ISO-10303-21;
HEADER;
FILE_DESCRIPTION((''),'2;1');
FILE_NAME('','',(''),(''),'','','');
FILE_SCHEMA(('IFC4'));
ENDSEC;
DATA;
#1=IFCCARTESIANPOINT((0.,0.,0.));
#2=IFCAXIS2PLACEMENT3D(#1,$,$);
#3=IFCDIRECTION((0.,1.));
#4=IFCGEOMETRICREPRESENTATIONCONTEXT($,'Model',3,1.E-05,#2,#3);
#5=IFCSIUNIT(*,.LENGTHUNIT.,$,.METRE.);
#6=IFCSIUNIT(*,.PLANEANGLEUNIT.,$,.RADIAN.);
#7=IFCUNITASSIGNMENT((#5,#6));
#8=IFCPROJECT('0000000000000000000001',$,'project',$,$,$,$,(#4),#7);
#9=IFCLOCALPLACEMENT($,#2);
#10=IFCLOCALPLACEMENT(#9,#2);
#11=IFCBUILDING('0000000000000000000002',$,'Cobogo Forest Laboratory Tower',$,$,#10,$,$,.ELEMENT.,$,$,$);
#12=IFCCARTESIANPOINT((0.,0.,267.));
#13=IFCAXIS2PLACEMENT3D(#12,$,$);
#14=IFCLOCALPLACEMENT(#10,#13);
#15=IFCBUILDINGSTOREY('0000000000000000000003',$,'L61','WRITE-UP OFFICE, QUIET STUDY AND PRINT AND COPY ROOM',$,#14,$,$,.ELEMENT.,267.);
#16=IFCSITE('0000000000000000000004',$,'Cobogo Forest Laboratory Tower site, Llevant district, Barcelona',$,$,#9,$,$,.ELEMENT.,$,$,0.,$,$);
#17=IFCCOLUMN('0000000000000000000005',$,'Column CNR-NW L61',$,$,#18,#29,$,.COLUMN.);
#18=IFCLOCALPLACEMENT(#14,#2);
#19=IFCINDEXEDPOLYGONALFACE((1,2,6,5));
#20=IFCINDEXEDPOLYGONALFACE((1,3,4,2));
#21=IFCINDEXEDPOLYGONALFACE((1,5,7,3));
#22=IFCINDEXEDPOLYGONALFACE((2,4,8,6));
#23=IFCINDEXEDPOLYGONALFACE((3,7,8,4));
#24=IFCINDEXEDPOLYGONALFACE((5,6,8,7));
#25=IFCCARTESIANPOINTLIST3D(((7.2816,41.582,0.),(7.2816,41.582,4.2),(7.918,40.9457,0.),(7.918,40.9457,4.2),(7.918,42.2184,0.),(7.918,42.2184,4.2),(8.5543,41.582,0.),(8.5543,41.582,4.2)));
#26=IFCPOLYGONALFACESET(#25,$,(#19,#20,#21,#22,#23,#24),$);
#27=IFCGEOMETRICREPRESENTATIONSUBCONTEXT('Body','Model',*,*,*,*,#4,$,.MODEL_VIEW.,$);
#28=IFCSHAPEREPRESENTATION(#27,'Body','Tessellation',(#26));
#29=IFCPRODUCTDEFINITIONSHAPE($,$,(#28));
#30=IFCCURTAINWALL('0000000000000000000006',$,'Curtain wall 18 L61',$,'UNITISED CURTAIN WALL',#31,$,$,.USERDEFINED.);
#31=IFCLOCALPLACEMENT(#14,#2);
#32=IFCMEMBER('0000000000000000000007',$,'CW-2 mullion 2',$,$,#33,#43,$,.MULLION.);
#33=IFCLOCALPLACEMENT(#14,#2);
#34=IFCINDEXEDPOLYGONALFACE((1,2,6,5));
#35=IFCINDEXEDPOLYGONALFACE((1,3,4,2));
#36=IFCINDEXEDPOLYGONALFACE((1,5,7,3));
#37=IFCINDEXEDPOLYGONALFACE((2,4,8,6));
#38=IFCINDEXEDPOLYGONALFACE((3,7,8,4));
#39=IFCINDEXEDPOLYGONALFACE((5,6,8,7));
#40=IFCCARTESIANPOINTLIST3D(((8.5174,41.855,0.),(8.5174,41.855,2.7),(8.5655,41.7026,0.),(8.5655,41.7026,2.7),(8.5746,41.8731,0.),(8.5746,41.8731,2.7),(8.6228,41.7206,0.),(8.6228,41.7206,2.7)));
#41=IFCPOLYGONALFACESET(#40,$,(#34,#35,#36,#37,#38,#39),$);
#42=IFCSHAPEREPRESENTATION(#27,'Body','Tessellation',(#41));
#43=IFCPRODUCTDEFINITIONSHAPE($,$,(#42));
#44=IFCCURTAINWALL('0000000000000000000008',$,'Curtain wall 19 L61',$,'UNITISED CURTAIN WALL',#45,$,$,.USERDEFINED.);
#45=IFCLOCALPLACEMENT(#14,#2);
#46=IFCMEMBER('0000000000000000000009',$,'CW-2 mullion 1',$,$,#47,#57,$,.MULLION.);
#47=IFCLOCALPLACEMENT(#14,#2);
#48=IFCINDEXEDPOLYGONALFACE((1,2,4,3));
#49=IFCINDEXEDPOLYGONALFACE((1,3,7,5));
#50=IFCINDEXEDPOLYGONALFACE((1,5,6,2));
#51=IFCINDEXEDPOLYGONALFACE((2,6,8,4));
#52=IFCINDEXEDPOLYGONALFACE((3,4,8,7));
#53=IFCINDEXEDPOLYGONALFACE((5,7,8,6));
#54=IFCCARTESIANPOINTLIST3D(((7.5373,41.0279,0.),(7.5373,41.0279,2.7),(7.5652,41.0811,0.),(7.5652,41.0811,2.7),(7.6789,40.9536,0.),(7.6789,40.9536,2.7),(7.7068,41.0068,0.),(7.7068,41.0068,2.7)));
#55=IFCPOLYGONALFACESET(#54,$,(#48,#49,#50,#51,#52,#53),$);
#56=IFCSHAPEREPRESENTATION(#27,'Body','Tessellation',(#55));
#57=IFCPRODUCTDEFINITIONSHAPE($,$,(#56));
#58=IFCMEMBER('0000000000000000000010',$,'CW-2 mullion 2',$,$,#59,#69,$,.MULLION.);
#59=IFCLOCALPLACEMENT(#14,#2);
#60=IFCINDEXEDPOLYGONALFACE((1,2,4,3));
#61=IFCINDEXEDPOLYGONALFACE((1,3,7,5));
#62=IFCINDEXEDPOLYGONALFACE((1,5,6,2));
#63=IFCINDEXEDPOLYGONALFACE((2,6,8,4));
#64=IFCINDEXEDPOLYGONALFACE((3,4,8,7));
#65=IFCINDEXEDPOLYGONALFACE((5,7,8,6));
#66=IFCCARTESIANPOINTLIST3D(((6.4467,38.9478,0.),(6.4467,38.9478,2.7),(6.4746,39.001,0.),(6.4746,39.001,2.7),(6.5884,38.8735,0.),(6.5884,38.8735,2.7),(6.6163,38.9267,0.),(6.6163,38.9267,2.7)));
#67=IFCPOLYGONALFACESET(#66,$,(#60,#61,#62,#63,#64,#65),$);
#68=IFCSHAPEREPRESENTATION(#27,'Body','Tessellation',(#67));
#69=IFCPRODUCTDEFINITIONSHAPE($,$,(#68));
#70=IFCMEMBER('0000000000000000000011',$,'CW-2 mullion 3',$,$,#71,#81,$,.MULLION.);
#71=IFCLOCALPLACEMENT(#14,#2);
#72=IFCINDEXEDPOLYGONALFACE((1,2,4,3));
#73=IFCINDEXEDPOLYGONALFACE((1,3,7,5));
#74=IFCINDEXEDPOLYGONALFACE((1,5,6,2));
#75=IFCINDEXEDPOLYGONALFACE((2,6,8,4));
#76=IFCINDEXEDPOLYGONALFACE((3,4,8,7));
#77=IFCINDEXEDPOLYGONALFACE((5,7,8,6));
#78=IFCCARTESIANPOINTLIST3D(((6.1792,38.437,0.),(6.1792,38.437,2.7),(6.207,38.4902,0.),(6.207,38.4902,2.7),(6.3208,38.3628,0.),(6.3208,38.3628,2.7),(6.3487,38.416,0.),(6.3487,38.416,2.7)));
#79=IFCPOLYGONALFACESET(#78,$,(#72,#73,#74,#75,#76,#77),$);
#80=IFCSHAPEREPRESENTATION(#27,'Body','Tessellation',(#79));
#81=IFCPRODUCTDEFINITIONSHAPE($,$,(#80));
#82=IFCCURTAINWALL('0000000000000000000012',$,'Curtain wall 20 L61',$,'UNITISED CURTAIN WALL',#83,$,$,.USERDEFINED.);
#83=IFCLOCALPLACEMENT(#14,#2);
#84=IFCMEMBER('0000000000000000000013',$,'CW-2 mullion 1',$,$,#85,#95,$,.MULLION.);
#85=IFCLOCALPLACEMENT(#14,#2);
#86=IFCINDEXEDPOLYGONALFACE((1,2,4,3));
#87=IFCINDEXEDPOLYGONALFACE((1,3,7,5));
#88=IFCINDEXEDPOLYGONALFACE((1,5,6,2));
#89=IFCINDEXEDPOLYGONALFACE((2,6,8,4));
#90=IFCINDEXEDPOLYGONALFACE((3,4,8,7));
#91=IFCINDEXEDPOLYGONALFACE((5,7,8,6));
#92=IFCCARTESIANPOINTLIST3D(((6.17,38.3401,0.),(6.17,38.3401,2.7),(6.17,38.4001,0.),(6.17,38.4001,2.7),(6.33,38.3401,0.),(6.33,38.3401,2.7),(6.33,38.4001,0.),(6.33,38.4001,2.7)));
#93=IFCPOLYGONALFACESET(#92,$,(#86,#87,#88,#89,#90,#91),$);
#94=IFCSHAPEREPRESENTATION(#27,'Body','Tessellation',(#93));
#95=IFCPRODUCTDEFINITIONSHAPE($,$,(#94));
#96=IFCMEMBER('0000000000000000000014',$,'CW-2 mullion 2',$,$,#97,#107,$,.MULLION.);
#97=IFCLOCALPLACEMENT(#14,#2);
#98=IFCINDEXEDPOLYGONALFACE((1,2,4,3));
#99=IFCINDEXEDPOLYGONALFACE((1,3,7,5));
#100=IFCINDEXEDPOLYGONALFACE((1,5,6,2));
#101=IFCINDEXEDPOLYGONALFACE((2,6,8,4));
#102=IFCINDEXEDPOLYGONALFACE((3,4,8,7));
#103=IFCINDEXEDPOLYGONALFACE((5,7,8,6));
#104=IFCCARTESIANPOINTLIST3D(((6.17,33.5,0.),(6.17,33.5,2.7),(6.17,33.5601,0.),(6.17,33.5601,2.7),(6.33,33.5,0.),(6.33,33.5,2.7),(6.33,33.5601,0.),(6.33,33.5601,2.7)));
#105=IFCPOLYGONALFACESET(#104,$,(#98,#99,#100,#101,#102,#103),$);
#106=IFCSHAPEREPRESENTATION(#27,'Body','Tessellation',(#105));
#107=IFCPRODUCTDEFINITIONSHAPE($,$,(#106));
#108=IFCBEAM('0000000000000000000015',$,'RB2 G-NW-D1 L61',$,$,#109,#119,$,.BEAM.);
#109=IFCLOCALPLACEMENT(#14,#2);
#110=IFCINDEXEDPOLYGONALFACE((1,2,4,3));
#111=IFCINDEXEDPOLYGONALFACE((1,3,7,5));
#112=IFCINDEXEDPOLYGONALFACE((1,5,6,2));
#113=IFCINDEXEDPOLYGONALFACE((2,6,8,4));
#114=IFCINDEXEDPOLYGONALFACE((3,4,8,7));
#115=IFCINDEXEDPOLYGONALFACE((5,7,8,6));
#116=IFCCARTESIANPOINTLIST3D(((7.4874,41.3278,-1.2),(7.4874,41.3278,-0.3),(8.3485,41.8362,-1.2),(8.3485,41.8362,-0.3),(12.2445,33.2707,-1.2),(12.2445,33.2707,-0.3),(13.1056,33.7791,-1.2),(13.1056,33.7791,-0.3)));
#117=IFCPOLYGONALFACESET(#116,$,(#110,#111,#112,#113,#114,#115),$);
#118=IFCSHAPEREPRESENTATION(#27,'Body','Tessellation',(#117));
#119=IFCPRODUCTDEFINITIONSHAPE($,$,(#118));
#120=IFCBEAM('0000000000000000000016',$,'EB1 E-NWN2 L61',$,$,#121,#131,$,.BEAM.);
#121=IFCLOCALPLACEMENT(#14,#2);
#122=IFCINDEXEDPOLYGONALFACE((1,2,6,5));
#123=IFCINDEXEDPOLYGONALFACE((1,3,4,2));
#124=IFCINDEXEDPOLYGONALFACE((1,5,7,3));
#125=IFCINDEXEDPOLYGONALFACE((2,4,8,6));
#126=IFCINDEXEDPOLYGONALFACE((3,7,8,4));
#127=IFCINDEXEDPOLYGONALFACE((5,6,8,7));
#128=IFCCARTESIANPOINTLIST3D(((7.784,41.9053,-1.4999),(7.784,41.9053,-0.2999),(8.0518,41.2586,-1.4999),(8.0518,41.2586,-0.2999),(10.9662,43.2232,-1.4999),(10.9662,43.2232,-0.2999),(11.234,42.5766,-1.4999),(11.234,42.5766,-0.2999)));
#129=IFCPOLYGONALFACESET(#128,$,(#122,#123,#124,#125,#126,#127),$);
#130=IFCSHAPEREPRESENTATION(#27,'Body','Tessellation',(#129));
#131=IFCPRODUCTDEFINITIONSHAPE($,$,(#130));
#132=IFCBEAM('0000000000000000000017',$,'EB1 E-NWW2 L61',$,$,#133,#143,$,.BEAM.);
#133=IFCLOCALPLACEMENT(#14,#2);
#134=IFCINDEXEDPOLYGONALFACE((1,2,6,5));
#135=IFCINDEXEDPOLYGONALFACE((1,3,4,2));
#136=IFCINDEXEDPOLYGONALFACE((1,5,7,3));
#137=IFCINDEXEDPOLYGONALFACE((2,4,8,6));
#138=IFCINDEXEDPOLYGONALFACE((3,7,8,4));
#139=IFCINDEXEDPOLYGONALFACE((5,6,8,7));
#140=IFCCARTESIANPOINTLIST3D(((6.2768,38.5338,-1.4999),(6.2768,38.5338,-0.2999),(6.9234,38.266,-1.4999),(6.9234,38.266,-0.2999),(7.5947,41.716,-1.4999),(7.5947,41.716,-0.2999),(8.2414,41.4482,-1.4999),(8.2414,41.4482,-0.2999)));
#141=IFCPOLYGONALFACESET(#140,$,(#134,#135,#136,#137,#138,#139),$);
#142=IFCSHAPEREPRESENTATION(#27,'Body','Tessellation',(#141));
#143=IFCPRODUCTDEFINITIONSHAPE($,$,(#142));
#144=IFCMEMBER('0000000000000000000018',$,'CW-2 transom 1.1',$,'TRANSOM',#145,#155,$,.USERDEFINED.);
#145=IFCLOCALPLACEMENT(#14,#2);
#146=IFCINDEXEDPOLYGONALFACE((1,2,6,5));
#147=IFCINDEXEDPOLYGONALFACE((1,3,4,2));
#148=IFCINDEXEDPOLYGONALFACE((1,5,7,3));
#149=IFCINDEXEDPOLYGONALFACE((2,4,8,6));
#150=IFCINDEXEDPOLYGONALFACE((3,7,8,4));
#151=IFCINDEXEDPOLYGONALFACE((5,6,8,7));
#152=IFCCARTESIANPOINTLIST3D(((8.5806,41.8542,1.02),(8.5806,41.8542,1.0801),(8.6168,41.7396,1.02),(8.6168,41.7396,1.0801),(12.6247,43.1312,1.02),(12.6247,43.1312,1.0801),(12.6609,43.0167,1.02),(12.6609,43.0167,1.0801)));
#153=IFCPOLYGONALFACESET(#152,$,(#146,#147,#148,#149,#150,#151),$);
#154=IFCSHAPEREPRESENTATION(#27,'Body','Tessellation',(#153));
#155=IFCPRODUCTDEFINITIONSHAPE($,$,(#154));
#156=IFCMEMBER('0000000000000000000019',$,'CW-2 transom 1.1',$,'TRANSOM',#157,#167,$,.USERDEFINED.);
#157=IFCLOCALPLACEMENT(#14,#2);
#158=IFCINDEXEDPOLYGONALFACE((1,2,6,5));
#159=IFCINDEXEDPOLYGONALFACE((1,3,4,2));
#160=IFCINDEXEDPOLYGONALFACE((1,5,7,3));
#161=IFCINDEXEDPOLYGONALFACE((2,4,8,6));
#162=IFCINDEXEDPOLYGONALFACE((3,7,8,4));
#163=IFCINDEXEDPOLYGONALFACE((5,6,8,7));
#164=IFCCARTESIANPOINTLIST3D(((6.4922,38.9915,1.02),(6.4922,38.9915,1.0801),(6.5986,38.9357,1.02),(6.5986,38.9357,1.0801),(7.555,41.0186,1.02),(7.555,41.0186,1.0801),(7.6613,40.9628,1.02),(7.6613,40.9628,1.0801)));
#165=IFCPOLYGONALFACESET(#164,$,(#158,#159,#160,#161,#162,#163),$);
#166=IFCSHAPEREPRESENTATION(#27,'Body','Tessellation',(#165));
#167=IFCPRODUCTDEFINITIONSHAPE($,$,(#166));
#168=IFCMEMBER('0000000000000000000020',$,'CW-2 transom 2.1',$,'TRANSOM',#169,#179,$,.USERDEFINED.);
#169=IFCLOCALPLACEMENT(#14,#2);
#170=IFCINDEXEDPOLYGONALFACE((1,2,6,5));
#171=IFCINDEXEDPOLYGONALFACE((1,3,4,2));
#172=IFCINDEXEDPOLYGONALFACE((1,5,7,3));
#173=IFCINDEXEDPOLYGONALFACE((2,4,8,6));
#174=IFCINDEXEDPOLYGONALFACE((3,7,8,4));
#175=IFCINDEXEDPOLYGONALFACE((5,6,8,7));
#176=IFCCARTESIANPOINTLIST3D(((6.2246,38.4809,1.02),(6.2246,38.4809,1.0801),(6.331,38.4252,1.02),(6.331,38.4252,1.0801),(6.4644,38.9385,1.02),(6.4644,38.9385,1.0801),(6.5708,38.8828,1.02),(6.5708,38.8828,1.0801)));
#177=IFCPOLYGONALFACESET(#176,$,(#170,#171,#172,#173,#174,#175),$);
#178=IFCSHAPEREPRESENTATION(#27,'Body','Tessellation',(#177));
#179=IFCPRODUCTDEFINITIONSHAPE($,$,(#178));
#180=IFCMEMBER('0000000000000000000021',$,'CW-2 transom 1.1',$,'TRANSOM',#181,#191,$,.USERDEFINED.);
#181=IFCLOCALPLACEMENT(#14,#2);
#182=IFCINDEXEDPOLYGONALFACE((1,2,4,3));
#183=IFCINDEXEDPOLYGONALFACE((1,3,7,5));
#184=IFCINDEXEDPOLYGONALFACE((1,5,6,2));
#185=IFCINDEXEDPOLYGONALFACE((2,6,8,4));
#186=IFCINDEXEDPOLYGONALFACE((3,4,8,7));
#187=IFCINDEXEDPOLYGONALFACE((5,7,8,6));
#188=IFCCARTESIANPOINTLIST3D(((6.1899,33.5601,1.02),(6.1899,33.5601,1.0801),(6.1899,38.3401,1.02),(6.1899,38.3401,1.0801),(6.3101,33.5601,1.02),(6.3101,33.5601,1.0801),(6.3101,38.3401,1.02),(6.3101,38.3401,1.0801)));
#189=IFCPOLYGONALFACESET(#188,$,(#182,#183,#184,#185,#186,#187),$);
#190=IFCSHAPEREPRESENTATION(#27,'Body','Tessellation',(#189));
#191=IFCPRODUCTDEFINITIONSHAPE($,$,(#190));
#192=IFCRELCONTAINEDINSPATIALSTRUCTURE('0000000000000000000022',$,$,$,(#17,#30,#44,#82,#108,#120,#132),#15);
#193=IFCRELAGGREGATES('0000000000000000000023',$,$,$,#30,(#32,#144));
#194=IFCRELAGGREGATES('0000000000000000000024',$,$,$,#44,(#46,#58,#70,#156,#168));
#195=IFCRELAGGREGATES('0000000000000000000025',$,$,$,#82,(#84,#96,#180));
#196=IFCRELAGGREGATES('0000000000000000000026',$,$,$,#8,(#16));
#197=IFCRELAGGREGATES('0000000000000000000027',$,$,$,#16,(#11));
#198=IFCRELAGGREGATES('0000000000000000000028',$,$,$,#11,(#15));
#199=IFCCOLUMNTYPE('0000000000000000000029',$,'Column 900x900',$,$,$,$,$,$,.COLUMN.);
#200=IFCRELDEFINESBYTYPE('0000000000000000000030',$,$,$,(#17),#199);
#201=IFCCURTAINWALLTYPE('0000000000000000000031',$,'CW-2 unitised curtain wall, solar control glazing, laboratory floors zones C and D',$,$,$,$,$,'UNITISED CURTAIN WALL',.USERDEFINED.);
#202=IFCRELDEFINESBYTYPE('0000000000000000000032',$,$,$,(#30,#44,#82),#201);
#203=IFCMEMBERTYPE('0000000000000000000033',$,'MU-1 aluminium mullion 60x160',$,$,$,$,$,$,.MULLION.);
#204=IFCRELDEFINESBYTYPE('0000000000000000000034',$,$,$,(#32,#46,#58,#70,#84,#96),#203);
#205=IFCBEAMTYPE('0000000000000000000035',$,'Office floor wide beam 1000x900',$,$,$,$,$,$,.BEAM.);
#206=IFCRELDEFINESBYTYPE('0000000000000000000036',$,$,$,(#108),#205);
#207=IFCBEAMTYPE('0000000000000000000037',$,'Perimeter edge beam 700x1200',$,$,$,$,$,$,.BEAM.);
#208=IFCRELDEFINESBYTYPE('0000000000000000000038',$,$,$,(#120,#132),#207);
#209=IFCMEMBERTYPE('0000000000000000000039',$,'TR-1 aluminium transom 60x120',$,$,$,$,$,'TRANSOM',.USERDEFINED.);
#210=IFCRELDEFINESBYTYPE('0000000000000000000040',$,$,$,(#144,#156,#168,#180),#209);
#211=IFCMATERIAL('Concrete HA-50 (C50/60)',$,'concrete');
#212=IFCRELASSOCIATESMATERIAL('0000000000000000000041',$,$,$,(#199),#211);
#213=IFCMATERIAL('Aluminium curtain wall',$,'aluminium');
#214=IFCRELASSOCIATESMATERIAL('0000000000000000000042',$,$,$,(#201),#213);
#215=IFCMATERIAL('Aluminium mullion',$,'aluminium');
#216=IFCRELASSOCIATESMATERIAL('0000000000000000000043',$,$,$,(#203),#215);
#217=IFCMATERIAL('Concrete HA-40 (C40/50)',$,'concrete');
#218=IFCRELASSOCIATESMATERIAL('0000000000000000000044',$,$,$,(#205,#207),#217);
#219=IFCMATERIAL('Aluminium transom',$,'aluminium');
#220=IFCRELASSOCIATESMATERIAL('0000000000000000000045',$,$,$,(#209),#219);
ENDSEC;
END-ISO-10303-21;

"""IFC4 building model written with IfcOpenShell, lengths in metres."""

from ifc_helpers import new_model, si_unit, direction, frame, origin, origin_2d, place, context, subcontext, project, spatial, rectangle, extrude, material, material_profile, profile_set, type_object, element, aggregate, save


model = new_model("IFC4")

# Units and contexts
model_context = context("Model", 3, precision=1e-05, world=origin(), true_north=direction((0.0, 1.0)))
body_context = subcontext(model_context, "Body", "Model", "MODEL_VIEW")
ifc_project = project(units=[si_unit("LENGTHUNIT", "METRE"), si_unit("PLANEANGLEUNIT", "RADIAN")], contexts=[model_context])

# Site, building, storey
site_placement = place(None, origin())
site = spatial("IfcSite", under=ifc_project, at=site_placement, Name="Cobogo Forest Laboratory Tower site, Llevant district, Barcelona", CompositionType="ELEMENT", RefElevation=0.0)
building_placement = place(site_placement, origin())
building = spatial("IfcBuilding", under=site, at=building_placement, Name="Cobogo Forest Laboratory Tower", CompositionType="ELEMENT")
storey_placement = place(building_placement, frame((0.0, 0.0, 267.0)))
storey = spatial("IfcBuildingStorey", under=building, at=storey_placement, Name="L61", Description="WRITE-UP OFFICE, QUIET STUDY AND PRINT AND COPY ROOM", CompositionType="ELEMENT", Elevation=267.0)

# Column
ifc_material_1 = material(Name="Concrete HA-50 (C50/60)", Category="concrete")
ifc_material_profile_1 = material_profile(ifc_material_1, rectangle(XDim=0.8999, YDim=0.8999, at=origin_2d()), Name="RC 900x900")
ifc_profile_set_1 = profile_set([ifc_material_profile_1], Name="Concrete HA-50 (C50/60)")
column_type = type_object("IfcColumnType", Name="Column 900x900", PredefinedType="COLUMN", material=ifc_profile_set_1)
column_placement = place(storey_placement, frame((7.918, 41.582, 0.0), z_axis=(0.0, 0.0, 1.0), x_axis=(0.707107, 0.707107, 0.0)))
element("IfcColumn", 1, at=column_placement, inside=storey, type_object=column_type, Name="Column CNR-NW L61", PredefinedType="COLUMN", context=body_context, shape_type="SweptSolid", body=[
    extrude(rectangle(XDim=0.8999, YDim=0.8999, at=origin_2d()), origin(), (0.0, 0.0, 1.0), 4.2),
])

# Curtain wall, member
ifc_material_2 = material(Name="Aluminium curtain wall", Category="aluminium")
curtain_wall_type = type_object("IfcCurtainWallType", Name="CW-2 unitised curtain wall, solar control glazing, laboratory floors zones C and D", ElementType="UNITISED CURTAIN WALL", PredefinedType="USERDEFINED", material=ifc_material_2)
curtain_wall_1_placement = place(storey_placement, origin())
curtain_wall_1 = element("IfcCurtainWall", 2, at=curtain_wall_1_placement, inside=storey, type_object=curtain_wall_type, Name="Curtain wall 18 L61", ObjectType="UNITISED CURTAIN WALL", PredefinedType="USERDEFINED")
ifc_material_3 = material(Name="Aluminium mullion", Category="aluminium")
ifc_material_profile_2 = material_profile(ifc_material_3, rectangle(XDim=0.0601, YDim=0.1599, at=origin_2d()), Name="AL 60x160")
ifc_profile_set_2 = profile_set([ifc_material_profile_2], Name="Aluminium mullion")
member_type_1 = type_object("IfcMemberType", Name="MU-1 aluminium mullion 60x160", PredefinedType="MULLION", material=ifc_profile_set_2)
member_1_placement = place(storey_placement, frame((8.5701, 41.7878, 0.0), z_axis=(0.0, 0.0, 1.0), x_axis=(-0.953581, -0.301135, 0.0)))
member_1 = element("IfcMember", 3, at=member_1_placement, type_object=member_type_1, Name="CW-2 mullion 2", PredefinedType="MULLION", context=body_context, shape_type="SweptSolid", body=[
    extrude(rectangle(XDim=0.0601, YDim=0.1599, at=origin_2d()), origin(), (0.0, 0.0, 1.0), 2.7),
])

# Curtain walls, members
curtain_wall_2_placement = place(storey_placement, origin())
curtain_wall_2 = element("IfcCurtainWall", 4, at=curtain_wall_2_placement, inside=storey, type_object=curtain_wall_type, Name="Curtain wall 19 L61", ObjectType="UNITISED CURTAIN WALL", PredefinedType="USERDEFINED")
member_2_placement = place(storey_placement, frame((7.6221, 41.0173, 0.0), z_axis=(0.0, 0.0, 1.0), x_axis=(-0.464284, -0.885686, 0.0)))
member_2 = element("IfcMember", 5, at=member_2_placement, type_object=member_type_1, Name="CW-2 mullion 1", PredefinedType="MULLION", context=body_context, shape_type="SweptSolid", body=[
    extrude(rectangle(XDim=0.0601, YDim=0.1599, at=origin_2d()), origin(), (0.0, 0.0, 1.0), 2.7),
])
member_3_placement = place(storey_placement, frame((6.5315, 38.9373, 0.0), z_axis=(0.0, 0.0, 1.0), x_axis=(-0.464284, -0.885686, 0.0)))
member_3 = element("IfcMember", 6, at=member_3_placement, type_object=member_type_1, Name="CW-2 mullion 2", PredefinedType="MULLION", context=body_context, shape_type="SweptSolid", body=[
    extrude(rectangle(XDim=0.0601, YDim=0.1599, at=origin_2d()), origin(), (0.0, 0.0, 1.0), 2.7),
])
member_4_placement = place(storey_placement, frame((6.2639, 38.4265, 0.0), z_axis=(0.0, 0.0, 1.0), x_axis=(-0.464284, -0.885686, 0.0)))
member_4 = element("IfcMember", 7, at=member_4_placement, type_object=member_type_1, Name="CW-2 mullion 3", PredefinedType="MULLION", context=body_context, shape_type="SweptSolid", body=[
    extrude(rectangle(XDim=0.0601, YDim=0.1599, at=origin_2d()), origin(), (0.0, 0.0, 1.0), 2.7),
])
curtain_wall_3_placement = place(storey_placement, origin())
curtain_wall_3 = element("IfcCurtainWall", 8, at=curtain_wall_3_placement, inside=storey, type_object=curtain_wall_type, Name="Curtain wall 20 L61", ObjectType="UNITISED CURTAIN WALL", PredefinedType="USERDEFINED")
member_5_placement = place(storey_placement, frame((6.25, 38.3701, 0.0), z_axis=(0.0, 0.0, 1.0), x_axis=(0.0, -1.0, 0.0)))
member_5 = element("IfcMember", 9, at=member_5_placement, type_object=member_type_1, Name="CW-2 mullion 1", PredefinedType="MULLION", context=body_context, shape_type="SweptSolid", body=[
    extrude(rectangle(XDim=0.0601, YDim=0.1599, at=origin_2d()), origin(), (0.0, 0.0, 1.0), 2.7),
])
member_6_placement = place(storey_placement, frame((6.25, 33.53, 0.0), z_axis=(0.0, 0.0, 1.0), x_axis=(0.0, -1.0, 0.0)))
member_6 = element("IfcMember", 10, at=member_6_placement, type_object=member_type_1, Name="CW-2 mullion 2", PredefinedType="MULLION", context=body_context, shape_type="SweptSolid", body=[
    extrude(rectangle(XDim=0.0601, YDim=0.1599, at=origin_2d()), origin(), (0.0, 0.0, 1.0), 2.7),
])

# Beams
ifc_material_4 = material(Name="Concrete HA-40 (C40/50)", Category="concrete")
ifc_material_profile_3 = material_profile(ifc_material_4, rectangle(XDim=1.0, YDim=0.8999, at=origin_2d()), Name="RC 1000x900")
ifc_profile_set_3 = profile_set([ifc_material_profile_3], Name="Concrete HA-40 (C40/50)")
beam_type_1 = type_object("IfcBeamType", Name="Office floor wide beam 1000x900", PredefinedType="BEAM", material=ifc_profile_set_3)
beam_placement = place(storey_placement, frame((7.918, 41.582, -0.75), z_axis=(0.508416, -0.861111, 0.0), x_axis=(0.861111, 0.508416, 0.0)))
element("IfcBeam", 11, at=beam_placement, inside=storey, type_object=beam_type_1, Name="RB2 G-NW-D1 L61", PredefinedType="BEAM", context=body_context, shape_type="SweptSolid", body=[
    extrude(rectangle(XDim=1.0, YDim=0.8999, at=origin_2d()), origin(), (0.0, 0.0, 1.0), 9.3567),
])
ifc_material_profile_4 = material_profile(ifc_material_4, rectangle(XDim=0.7, YDim=1.2, at=origin_2d()), Name="RC 700x1200")
ifc_profile_set_4 = profile_set([ifc_material_profile_4], Name="Concrete HA-40 (C40/50)")
beam_type_2 = type_object("IfcBeamType", Name="Perimeter edge beam 700x1200", PredefinedType="BEAM", material=ifc_profile_set_4)
for number, where, z_axis, x_axis, name in (
    (12, (11.1001, 42.8999, -0.8999), (-0.923901, -0.382631, 0.0), (0.382631, -0.923901, 0.0), "EB1 E-NWN2 L61"),
    (13, (6.6001, 38.3999, -0.8999), (0.382631, 0.923901, 0.0), (-0.923901, 0.382631, 0.0), "EB1 E-NWW2 L61"),
):
    element("IfcBeam", number, at=place(storey_placement, frame(where, z_axis=z_axis, x_axis=x_axis)), inside=storey, type_object=beam_type_2, Name=name, PredefinedType="BEAM", context=body_context, shape_type="SweptSolid", body=[
        extrude(rectangle(XDim=0.7, YDim=1.2, at=origin_2d()), origin(), (0.0, 0.0, 1.0), 3.4443),
    ])

# Members
ifc_material_5 = material(Name="Aluminium transom", Category="aluminium")
ifc_material_profile_5 = material_profile(ifc_material_5, rectangle(XDim=0.1201, YDim=0.0601, at=origin_2d()), Name="AL 60x120")
ifc_profile_set_5 = profile_set([ifc_material_profile_5], Name="Aluminium transom")
member_type_2 = type_object("IfcMemberType", Name="TR-1 aluminium transom 60x120", ElementType="TRANSOM", PredefinedType="USERDEFINED", material=ifc_profile_set_5)
member_7_placement = place(storey_placement, frame((12.6428, 43.074, 1.05), z_axis=(-0.953584, -0.301129, 0.0), x_axis=(0.301129, -0.953584, 0.0)))
member_7 = element("IfcMember", 14, at=member_7_placement, type_object=member_type_2, Name="CW-2 transom 1.1", ObjectType="TRANSOM", PredefinedType="USERDEFINED", context=body_context, shape_type="SweptSolid", body=[
    extrude(rectangle(XDim=0.1201, YDim=0.0601, at=origin_2d()), origin(), (0.0, 0.0, 1.0), 4.241),
])
member_8_placement = place(storey_placement, frame((7.6082, 40.9907, 1.05), z_axis=(-0.464326, -0.885664, 0.0), x_axis=(0.885664, -0.464326, 0.0)))
member_8 = element("IfcMember", 15, at=member_8_placement, type_object=member_type_2, Name="CW-2 transom 1.1", ObjectType="TRANSOM", PredefinedType="USERDEFINED", context=body_context, shape_type="SweptSolid", body=[
    extrude(rectangle(XDim=0.1201, YDim=0.0601, at=origin_2d()), origin(), (0.0, 0.0, 1.0), 2.2888),
])
member_9_placement = place(storey_placement, frame((6.5176, 38.9106, 1.05), z_axis=(-0.464148, -0.885758, 0.0), x_axis=(0.885758, -0.464148, 0.0)))
member_9 = element("IfcMember", 16, at=member_9_placement, type_object=member_type_2, Name="CW-2 transom 2.1", ObjectType="TRANSOM", PredefinedType="USERDEFINED", context=body_context, shape_type="SweptSolid", body=[
    extrude(rectangle(XDim=0.1201, YDim=0.0601, at=origin_2d()), origin(), (0.0, 0.0, 1.0), 0.5166),
])
member_10_placement = place(storey_placement, frame((6.25, 38.3401, 1.05), z_axis=(0.0, -1.0, 0.0), x_axis=(1.0, 0.0, 0.0)))
member_10 = element("IfcMember", 17, at=member_10_placement, type_object=member_type_2, Name="CW-2 transom 1.1", ObjectType="TRANSOM", PredefinedType="USERDEFINED", context=body_context, shape_type="SweptSolid", body=[
    extrude(rectangle(XDim=0.1201, YDim=0.0601, at=origin_2d()), origin(), (0.0, 0.0, 1.0), 4.78),
])

aggregate(curtain_wall_1, [member_1, member_7])
aggregate(curtain_wall_2, [member_2, member_3, member_4, member_8, member_9])
aggregate(curtain_wall_3, [member_5, member_6, member_10])

save(model, "model.ifc")
